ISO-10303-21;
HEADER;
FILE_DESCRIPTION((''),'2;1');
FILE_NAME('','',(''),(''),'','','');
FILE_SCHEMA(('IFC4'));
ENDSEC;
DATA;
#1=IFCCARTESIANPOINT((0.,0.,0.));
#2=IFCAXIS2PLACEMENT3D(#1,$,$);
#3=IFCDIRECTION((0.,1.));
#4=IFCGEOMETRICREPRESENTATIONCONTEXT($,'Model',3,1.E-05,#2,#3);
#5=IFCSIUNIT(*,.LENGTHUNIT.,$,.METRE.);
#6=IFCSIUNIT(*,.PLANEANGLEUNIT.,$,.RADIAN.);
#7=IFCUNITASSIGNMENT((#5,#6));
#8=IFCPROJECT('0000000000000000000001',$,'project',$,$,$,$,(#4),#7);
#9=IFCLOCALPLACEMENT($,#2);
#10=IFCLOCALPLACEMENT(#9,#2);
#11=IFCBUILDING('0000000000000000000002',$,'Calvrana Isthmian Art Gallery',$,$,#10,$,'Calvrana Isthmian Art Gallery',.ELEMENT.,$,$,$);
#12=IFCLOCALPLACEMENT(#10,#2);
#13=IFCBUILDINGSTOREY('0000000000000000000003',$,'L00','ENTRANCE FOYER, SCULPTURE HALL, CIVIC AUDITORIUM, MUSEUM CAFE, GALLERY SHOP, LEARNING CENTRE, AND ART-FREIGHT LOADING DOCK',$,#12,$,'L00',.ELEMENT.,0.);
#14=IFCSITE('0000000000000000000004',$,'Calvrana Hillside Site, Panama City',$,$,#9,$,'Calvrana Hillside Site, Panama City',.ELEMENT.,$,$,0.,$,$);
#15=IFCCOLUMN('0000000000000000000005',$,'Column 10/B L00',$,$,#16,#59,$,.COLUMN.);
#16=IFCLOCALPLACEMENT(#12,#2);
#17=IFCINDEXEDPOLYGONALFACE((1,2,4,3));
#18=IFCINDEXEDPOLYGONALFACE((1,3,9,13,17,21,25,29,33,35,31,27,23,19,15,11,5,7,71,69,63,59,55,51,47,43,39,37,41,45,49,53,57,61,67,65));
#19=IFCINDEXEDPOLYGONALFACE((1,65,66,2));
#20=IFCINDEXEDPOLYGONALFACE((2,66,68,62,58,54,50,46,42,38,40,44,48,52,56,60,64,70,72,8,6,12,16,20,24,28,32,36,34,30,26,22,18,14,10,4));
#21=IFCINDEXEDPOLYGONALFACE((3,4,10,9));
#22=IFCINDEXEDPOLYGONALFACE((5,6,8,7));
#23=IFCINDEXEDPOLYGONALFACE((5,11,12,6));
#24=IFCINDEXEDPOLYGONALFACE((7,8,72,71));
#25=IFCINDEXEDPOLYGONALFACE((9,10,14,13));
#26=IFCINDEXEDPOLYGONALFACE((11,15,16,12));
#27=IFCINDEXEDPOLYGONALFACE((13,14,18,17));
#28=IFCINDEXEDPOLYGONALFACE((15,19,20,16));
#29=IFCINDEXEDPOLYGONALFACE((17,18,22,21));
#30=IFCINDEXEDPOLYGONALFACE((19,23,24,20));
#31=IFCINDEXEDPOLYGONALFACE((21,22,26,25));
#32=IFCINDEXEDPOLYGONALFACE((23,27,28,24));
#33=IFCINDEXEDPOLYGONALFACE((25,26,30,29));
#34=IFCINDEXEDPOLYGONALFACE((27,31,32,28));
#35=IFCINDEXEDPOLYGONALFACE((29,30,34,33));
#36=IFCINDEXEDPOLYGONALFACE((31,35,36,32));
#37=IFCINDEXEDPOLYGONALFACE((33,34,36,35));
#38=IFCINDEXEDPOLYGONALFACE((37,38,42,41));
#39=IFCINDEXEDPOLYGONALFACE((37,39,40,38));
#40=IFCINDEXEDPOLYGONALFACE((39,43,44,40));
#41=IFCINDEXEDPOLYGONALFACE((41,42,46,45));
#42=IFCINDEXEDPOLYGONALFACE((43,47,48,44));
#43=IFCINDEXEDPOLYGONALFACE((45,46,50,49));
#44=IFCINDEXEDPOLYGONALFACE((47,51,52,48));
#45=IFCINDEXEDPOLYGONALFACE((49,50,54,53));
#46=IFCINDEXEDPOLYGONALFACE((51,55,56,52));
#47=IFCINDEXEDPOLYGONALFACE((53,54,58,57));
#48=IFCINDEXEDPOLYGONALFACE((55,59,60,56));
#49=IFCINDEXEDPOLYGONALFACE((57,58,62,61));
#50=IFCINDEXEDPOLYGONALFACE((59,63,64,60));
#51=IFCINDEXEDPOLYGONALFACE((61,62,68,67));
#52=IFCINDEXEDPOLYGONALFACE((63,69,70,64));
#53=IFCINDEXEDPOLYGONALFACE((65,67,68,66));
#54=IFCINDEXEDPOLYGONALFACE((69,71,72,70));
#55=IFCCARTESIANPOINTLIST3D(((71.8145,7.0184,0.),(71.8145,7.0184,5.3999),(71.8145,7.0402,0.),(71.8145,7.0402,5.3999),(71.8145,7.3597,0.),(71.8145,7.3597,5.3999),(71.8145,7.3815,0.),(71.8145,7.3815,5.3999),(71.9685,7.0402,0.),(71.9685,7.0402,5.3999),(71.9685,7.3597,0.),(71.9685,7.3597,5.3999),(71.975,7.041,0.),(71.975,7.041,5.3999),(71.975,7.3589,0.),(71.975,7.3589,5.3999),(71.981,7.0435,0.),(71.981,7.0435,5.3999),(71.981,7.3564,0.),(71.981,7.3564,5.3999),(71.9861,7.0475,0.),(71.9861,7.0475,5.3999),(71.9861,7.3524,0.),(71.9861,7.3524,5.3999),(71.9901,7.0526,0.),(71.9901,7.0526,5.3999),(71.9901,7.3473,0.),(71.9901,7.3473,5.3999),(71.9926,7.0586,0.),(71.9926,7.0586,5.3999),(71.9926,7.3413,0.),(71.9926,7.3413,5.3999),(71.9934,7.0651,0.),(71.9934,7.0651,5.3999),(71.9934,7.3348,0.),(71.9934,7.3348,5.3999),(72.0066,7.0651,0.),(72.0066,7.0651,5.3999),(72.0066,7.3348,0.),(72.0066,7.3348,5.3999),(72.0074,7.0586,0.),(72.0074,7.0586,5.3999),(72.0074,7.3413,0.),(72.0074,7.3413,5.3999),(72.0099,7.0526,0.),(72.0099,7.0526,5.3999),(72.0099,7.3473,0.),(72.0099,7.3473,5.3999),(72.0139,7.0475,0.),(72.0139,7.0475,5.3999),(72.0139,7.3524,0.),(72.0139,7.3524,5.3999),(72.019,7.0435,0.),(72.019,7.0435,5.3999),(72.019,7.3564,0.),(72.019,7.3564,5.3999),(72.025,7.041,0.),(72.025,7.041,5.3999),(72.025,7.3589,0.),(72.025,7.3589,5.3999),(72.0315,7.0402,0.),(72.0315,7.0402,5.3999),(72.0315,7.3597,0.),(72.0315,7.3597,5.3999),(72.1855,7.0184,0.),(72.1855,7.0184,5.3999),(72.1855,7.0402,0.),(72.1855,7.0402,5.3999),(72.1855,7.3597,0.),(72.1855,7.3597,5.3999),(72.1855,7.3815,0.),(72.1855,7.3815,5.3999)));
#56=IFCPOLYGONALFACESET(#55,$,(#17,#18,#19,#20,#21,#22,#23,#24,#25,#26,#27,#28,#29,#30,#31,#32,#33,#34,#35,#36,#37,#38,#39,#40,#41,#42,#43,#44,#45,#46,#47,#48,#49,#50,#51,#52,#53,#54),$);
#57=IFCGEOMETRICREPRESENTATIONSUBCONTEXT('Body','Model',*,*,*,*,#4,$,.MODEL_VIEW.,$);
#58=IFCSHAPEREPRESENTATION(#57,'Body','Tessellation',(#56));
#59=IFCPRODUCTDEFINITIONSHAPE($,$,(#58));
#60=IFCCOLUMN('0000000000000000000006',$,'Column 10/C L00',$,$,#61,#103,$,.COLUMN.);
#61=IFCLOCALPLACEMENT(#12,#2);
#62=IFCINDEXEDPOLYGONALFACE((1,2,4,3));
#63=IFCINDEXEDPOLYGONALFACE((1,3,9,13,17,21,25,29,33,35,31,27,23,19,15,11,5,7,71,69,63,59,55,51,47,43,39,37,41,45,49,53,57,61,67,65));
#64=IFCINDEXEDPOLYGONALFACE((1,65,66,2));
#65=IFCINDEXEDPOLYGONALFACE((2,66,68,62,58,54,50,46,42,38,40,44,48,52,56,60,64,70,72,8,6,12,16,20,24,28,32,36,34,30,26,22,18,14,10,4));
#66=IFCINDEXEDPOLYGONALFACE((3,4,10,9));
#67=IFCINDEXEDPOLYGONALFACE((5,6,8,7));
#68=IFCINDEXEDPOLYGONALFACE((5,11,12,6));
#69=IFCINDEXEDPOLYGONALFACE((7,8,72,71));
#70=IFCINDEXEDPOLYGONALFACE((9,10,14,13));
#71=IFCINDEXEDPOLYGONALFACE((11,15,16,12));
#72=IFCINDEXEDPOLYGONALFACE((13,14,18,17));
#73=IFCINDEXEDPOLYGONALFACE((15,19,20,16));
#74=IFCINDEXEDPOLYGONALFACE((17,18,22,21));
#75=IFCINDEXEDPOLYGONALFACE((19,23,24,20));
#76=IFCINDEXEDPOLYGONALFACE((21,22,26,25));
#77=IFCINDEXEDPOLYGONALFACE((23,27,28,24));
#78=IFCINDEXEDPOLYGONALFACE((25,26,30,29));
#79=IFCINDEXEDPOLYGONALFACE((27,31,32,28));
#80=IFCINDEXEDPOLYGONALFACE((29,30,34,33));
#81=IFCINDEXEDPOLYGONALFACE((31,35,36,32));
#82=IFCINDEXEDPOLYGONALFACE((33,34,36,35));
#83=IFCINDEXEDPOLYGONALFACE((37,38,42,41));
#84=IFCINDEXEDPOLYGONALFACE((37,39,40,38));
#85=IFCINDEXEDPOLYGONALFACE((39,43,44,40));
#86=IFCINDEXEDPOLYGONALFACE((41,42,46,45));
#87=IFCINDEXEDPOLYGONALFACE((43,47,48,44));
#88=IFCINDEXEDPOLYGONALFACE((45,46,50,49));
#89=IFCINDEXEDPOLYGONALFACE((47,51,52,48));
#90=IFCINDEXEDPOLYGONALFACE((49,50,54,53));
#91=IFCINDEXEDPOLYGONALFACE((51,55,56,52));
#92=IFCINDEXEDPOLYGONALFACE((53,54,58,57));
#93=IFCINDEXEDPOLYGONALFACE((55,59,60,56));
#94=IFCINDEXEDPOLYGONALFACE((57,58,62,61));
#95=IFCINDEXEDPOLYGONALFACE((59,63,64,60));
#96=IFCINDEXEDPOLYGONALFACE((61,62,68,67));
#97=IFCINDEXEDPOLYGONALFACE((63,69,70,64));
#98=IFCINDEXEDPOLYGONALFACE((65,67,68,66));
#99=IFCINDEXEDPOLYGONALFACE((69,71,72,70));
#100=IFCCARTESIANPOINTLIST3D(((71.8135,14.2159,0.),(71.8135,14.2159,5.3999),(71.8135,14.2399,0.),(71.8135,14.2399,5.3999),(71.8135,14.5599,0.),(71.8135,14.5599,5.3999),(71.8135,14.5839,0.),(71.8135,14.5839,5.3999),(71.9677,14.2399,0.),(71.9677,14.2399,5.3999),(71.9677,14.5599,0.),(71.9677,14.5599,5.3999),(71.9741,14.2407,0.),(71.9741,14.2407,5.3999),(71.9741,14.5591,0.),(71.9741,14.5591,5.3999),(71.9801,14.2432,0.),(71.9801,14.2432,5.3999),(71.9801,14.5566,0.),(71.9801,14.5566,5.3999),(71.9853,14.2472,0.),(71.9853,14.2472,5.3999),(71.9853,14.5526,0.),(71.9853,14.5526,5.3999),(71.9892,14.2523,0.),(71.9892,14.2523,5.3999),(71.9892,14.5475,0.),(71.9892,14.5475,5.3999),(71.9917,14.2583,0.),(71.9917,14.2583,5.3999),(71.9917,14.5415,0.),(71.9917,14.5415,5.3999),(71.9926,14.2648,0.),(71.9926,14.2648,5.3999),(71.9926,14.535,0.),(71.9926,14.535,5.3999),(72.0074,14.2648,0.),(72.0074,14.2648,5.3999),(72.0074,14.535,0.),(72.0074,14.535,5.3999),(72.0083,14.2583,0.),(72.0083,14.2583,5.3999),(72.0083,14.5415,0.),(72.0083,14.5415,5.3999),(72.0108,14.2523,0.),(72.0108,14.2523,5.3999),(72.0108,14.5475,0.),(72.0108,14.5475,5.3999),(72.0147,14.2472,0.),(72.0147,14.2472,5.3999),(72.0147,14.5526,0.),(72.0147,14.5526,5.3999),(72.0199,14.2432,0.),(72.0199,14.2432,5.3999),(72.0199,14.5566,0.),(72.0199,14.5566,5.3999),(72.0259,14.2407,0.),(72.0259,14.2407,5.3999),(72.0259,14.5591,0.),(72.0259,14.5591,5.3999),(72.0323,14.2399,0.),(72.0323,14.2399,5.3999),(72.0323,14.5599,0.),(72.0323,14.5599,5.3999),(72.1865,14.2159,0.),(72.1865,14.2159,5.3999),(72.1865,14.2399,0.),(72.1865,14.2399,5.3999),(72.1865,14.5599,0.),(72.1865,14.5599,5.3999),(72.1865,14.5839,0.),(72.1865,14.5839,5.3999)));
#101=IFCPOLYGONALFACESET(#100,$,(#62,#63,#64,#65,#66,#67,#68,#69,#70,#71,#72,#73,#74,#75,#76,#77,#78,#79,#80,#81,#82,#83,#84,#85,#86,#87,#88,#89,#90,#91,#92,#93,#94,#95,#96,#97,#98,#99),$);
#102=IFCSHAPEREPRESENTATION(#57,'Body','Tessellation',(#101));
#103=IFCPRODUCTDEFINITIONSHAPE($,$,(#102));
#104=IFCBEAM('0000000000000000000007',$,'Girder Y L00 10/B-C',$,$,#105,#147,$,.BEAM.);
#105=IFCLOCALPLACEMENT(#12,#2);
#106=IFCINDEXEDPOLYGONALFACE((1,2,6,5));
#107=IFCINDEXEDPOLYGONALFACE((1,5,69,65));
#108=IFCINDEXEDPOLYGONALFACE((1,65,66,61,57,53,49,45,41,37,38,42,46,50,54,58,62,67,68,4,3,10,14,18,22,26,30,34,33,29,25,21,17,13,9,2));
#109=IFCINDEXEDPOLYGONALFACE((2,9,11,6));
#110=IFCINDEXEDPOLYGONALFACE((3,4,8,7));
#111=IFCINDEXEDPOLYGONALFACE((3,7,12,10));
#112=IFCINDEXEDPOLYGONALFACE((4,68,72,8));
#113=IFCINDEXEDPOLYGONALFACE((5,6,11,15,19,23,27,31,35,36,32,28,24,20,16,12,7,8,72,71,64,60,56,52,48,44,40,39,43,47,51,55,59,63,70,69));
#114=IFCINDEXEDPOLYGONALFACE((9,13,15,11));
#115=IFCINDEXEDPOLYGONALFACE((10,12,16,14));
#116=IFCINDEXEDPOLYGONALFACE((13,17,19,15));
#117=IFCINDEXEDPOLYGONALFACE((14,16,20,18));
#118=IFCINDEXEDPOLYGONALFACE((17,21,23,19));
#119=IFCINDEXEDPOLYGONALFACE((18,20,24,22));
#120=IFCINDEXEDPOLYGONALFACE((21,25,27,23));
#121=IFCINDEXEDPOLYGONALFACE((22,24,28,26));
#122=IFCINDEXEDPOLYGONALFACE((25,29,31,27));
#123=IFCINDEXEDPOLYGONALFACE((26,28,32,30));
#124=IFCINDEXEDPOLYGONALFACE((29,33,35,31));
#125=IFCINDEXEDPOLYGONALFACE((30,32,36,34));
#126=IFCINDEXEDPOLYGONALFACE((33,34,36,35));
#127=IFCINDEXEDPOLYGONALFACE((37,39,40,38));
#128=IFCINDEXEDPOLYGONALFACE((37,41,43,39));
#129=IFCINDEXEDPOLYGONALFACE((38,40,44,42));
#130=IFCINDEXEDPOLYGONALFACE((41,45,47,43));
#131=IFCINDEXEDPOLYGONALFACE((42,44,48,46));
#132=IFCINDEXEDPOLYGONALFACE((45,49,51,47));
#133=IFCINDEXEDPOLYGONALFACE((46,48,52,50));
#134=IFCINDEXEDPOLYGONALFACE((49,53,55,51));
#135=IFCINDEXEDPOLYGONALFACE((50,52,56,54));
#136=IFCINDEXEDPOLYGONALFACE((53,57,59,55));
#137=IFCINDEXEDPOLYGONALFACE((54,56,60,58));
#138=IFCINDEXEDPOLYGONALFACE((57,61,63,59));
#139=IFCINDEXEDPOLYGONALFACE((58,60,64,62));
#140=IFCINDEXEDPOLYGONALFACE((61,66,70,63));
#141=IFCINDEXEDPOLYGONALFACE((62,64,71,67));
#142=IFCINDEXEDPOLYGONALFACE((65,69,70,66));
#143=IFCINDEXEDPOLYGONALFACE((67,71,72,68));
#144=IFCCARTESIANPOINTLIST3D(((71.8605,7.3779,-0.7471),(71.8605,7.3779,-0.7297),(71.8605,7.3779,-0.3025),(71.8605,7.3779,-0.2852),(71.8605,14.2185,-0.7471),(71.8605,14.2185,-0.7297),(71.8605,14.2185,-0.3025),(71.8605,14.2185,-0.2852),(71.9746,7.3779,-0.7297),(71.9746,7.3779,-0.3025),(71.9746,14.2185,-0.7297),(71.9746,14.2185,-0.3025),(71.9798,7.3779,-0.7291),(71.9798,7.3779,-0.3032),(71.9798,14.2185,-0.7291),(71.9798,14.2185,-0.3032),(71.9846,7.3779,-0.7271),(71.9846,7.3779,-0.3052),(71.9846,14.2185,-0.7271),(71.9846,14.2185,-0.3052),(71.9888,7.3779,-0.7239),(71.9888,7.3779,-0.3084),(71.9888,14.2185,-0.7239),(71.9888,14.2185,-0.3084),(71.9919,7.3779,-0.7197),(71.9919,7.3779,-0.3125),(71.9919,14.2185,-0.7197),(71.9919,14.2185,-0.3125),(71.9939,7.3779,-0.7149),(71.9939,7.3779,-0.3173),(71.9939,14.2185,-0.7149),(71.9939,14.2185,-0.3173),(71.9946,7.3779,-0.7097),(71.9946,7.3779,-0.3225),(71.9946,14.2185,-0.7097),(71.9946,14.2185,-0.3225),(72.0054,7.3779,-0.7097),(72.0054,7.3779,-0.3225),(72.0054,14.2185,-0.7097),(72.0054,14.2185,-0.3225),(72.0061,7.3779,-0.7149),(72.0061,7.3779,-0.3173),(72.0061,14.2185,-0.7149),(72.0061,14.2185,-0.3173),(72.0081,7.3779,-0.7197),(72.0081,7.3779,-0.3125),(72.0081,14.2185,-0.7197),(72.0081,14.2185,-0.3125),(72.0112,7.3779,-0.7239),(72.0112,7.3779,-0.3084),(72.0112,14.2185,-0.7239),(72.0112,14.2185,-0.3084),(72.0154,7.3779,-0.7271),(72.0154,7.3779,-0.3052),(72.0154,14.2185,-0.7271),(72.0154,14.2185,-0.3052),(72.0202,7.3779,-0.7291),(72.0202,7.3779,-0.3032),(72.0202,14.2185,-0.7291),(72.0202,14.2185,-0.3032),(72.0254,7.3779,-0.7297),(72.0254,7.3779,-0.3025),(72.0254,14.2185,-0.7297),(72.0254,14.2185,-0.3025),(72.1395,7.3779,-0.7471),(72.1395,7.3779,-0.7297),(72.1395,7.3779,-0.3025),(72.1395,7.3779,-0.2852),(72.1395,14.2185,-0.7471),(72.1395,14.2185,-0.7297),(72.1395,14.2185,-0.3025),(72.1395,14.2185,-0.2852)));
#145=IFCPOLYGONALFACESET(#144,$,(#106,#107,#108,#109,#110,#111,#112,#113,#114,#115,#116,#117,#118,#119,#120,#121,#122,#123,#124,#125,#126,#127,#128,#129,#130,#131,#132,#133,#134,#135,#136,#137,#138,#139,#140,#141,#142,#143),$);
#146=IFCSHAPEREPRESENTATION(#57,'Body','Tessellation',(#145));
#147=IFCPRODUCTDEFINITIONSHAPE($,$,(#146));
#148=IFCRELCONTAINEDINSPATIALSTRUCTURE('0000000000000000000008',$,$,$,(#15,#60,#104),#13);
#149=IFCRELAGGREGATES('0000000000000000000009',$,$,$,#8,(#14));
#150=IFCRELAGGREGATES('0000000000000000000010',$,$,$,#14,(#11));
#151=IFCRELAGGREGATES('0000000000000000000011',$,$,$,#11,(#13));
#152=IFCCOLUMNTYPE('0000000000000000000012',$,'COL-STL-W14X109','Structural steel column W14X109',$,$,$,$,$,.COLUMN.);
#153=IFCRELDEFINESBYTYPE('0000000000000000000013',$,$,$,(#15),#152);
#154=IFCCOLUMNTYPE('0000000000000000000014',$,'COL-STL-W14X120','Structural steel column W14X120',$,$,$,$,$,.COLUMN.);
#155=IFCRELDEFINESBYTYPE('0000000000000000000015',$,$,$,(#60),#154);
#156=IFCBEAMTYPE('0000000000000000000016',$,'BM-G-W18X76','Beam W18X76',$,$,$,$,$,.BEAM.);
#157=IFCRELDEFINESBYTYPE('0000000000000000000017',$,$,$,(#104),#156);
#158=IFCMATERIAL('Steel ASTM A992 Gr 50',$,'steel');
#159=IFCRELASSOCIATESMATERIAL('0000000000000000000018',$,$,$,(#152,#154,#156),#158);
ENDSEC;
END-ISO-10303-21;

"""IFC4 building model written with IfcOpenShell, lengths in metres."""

from ifc_helpers import new_model, si_unit, direction, frame, origin, origin_2d, place, context, subcontext, project, spatial, i_section, extrude, material, material_profile, profile_set, type_object, element, save


model = new_model("IFC4")

# Units and contexts
model_context = context("Model", 3, precision=1e-05, world=origin(), true_north=direction((0.0, 1.0)))
body_context = subcontext(model_context, "Body", "Model", "MODEL_VIEW")
ifc_project = project(units=[si_unit("LENGTHUNIT", "METRE"), si_unit("PLANEANGLEUNIT", "RADIAN")], contexts=[model_context])

# Site, building, storey
site_placement = place(None, origin())
site = spatial("IfcSite", under=ifc_project, at=site_placement, Name="Calvrana Hillside Site, Panama City", LongName="Calvrana Hillside Site, Panama City", CompositionType="ELEMENT", RefElevation=0.0)
building_placement = place(site_placement, origin())
building = spatial("IfcBuilding", under=site, at=building_placement, Name="Calvrana Isthmian Art Gallery", LongName="Calvrana Isthmian Art Gallery", CompositionType="ELEMENT")
storey_placement = place(building_placement, origin())
storey = spatial("IfcBuildingStorey", under=building, at=storey_placement, Name="L00", Description="ENTRANCE FOYER, SCULPTURE HALL, CIVIC AUDITORIUM, MUSEUM CAFE, GALLERY SHOP, LEARNING CENTRE, AND ART-FREIGHT LOADING DOCK", LongName="L00", CompositionType="ELEMENT", Elevation=0.0)

# Columns
ifc_material_1 = material(Name="Steel ASTM A992 Gr 50", Category="steel")
ifc_material_profile_1 = material_profile(ifc_material_1, i_section(OverallWidth=0.3711, OverallDepth=0.363, WebThickness=0.0132, FlangeThickness=0.0217, FilletRadius=0.0249, at=origin_2d()), Name="W14X109")
ifc_profile_set_1 = profile_set([ifc_material_profile_1], Name="Steel ASTM A992 Gr 50")
column_type_1 = type_object("IfcColumnType", Name="COL-STL-W14X109", Description="Structural steel column W14X109", PredefinedType="COLUMN", material=ifc_profile_set_1)
column_1_placement = place(storey_placement, frame((72.0, 7.2, 0.0), z_axis=(0.0, 0.0, 1.0), x_axis=(1.0, 0.0, 0.0)))
element("IfcColumn", 1, at=column_1_placement, inside=storey, type_object=column_type_1, Name="Column 10/B L00", PredefinedType="COLUMN", context=body_context, shape_type="SweptSolid", body=[
    extrude(i_section(OverallWidth=0.3711, OverallDepth=0.363, WebThickness=0.0132, FlangeThickness=0.0217, FilletRadius=0.0249, at=origin_2d()), origin(), (0.0, 0.0, 1.0), 5.3999),
])
ifc_material_profile_2 = material_profile(ifc_material_1, i_section(OverallWidth=0.373, OverallDepth=0.3679, WebThickness=0.0149, FlangeThickness=0.0239, FilletRadius=0.0249, at=origin_2d()), Name="W14X120")
ifc_profile_set_2 = profile_set([ifc_material_profile_2], Name="Steel ASTM A992 Gr 50")
column_type_2 = type_object("IfcColumnType", Name="COL-STL-W14X120", Description="Structural steel column W14X120", PredefinedType="COLUMN", material=ifc_profile_set_2)
column_2_placement = place(storey_placement, frame((72.0, 14.3999, 0.0), z_axis=(0.0, 0.0, 1.0), x_axis=(1.0, 0.0, 0.0)))
element("IfcColumn", 2, at=column_2_placement, inside=storey, type_object=column_type_2, Name="Column 10/C L00", PredefinedType="COLUMN", context=body_context, shape_type="SweptSolid", body=[
    extrude(i_section(OverallWidth=0.373, OverallDepth=0.3679, WebThickness=0.0149, FlangeThickness=0.0239, FilletRadius=0.0249, at=origin_2d()), origin(), (0.0, 0.0, 1.0), 5.3999),
])

# Beam
ifc_material_profile_3 = material_profile(ifc_material_1, i_section(OverallWidth=0.2791, OverallDepth=0.4619, WebThickness=0.0107, FlangeThickness=0.0173, FilletRadius=0.02, at=origin_2d()), Name="W18X76")
ifc_profile_set_3 = profile_set([ifc_material_profile_3], Name="Steel ASTM A992 Gr 50")
beam_type_1 = type_object("IfcBeamType", Name="BM-G-W18X76", Description="Beam W18X76", PredefinedType="BEAM", material=ifc_profile_set_3)
beam_1_placement = place(storey_placement, frame((72.0, 7.3779, -0.5161), z_axis=(0.0, 1.0, 0.0), x_axis=(-1.0, 0.0, 0.0)))
element("IfcBeam", 3, at=beam_1_placement, inside=storey, type_object=beam_type_1, Name="Girder Y L00 10/B-C", PredefinedType="BEAM", context=body_context, shape_type="SweptSolid", body=[
    extrude(i_section(OverallWidth=0.2791, OverallDepth=0.4619, WebThickness=0.0107, FlangeThickness=0.0173, FilletRadius=0.02, at=origin_2d()), origin(), (0.0, 0.0, 1.0), 6.8406),
])

save(model, "model.ifc")
